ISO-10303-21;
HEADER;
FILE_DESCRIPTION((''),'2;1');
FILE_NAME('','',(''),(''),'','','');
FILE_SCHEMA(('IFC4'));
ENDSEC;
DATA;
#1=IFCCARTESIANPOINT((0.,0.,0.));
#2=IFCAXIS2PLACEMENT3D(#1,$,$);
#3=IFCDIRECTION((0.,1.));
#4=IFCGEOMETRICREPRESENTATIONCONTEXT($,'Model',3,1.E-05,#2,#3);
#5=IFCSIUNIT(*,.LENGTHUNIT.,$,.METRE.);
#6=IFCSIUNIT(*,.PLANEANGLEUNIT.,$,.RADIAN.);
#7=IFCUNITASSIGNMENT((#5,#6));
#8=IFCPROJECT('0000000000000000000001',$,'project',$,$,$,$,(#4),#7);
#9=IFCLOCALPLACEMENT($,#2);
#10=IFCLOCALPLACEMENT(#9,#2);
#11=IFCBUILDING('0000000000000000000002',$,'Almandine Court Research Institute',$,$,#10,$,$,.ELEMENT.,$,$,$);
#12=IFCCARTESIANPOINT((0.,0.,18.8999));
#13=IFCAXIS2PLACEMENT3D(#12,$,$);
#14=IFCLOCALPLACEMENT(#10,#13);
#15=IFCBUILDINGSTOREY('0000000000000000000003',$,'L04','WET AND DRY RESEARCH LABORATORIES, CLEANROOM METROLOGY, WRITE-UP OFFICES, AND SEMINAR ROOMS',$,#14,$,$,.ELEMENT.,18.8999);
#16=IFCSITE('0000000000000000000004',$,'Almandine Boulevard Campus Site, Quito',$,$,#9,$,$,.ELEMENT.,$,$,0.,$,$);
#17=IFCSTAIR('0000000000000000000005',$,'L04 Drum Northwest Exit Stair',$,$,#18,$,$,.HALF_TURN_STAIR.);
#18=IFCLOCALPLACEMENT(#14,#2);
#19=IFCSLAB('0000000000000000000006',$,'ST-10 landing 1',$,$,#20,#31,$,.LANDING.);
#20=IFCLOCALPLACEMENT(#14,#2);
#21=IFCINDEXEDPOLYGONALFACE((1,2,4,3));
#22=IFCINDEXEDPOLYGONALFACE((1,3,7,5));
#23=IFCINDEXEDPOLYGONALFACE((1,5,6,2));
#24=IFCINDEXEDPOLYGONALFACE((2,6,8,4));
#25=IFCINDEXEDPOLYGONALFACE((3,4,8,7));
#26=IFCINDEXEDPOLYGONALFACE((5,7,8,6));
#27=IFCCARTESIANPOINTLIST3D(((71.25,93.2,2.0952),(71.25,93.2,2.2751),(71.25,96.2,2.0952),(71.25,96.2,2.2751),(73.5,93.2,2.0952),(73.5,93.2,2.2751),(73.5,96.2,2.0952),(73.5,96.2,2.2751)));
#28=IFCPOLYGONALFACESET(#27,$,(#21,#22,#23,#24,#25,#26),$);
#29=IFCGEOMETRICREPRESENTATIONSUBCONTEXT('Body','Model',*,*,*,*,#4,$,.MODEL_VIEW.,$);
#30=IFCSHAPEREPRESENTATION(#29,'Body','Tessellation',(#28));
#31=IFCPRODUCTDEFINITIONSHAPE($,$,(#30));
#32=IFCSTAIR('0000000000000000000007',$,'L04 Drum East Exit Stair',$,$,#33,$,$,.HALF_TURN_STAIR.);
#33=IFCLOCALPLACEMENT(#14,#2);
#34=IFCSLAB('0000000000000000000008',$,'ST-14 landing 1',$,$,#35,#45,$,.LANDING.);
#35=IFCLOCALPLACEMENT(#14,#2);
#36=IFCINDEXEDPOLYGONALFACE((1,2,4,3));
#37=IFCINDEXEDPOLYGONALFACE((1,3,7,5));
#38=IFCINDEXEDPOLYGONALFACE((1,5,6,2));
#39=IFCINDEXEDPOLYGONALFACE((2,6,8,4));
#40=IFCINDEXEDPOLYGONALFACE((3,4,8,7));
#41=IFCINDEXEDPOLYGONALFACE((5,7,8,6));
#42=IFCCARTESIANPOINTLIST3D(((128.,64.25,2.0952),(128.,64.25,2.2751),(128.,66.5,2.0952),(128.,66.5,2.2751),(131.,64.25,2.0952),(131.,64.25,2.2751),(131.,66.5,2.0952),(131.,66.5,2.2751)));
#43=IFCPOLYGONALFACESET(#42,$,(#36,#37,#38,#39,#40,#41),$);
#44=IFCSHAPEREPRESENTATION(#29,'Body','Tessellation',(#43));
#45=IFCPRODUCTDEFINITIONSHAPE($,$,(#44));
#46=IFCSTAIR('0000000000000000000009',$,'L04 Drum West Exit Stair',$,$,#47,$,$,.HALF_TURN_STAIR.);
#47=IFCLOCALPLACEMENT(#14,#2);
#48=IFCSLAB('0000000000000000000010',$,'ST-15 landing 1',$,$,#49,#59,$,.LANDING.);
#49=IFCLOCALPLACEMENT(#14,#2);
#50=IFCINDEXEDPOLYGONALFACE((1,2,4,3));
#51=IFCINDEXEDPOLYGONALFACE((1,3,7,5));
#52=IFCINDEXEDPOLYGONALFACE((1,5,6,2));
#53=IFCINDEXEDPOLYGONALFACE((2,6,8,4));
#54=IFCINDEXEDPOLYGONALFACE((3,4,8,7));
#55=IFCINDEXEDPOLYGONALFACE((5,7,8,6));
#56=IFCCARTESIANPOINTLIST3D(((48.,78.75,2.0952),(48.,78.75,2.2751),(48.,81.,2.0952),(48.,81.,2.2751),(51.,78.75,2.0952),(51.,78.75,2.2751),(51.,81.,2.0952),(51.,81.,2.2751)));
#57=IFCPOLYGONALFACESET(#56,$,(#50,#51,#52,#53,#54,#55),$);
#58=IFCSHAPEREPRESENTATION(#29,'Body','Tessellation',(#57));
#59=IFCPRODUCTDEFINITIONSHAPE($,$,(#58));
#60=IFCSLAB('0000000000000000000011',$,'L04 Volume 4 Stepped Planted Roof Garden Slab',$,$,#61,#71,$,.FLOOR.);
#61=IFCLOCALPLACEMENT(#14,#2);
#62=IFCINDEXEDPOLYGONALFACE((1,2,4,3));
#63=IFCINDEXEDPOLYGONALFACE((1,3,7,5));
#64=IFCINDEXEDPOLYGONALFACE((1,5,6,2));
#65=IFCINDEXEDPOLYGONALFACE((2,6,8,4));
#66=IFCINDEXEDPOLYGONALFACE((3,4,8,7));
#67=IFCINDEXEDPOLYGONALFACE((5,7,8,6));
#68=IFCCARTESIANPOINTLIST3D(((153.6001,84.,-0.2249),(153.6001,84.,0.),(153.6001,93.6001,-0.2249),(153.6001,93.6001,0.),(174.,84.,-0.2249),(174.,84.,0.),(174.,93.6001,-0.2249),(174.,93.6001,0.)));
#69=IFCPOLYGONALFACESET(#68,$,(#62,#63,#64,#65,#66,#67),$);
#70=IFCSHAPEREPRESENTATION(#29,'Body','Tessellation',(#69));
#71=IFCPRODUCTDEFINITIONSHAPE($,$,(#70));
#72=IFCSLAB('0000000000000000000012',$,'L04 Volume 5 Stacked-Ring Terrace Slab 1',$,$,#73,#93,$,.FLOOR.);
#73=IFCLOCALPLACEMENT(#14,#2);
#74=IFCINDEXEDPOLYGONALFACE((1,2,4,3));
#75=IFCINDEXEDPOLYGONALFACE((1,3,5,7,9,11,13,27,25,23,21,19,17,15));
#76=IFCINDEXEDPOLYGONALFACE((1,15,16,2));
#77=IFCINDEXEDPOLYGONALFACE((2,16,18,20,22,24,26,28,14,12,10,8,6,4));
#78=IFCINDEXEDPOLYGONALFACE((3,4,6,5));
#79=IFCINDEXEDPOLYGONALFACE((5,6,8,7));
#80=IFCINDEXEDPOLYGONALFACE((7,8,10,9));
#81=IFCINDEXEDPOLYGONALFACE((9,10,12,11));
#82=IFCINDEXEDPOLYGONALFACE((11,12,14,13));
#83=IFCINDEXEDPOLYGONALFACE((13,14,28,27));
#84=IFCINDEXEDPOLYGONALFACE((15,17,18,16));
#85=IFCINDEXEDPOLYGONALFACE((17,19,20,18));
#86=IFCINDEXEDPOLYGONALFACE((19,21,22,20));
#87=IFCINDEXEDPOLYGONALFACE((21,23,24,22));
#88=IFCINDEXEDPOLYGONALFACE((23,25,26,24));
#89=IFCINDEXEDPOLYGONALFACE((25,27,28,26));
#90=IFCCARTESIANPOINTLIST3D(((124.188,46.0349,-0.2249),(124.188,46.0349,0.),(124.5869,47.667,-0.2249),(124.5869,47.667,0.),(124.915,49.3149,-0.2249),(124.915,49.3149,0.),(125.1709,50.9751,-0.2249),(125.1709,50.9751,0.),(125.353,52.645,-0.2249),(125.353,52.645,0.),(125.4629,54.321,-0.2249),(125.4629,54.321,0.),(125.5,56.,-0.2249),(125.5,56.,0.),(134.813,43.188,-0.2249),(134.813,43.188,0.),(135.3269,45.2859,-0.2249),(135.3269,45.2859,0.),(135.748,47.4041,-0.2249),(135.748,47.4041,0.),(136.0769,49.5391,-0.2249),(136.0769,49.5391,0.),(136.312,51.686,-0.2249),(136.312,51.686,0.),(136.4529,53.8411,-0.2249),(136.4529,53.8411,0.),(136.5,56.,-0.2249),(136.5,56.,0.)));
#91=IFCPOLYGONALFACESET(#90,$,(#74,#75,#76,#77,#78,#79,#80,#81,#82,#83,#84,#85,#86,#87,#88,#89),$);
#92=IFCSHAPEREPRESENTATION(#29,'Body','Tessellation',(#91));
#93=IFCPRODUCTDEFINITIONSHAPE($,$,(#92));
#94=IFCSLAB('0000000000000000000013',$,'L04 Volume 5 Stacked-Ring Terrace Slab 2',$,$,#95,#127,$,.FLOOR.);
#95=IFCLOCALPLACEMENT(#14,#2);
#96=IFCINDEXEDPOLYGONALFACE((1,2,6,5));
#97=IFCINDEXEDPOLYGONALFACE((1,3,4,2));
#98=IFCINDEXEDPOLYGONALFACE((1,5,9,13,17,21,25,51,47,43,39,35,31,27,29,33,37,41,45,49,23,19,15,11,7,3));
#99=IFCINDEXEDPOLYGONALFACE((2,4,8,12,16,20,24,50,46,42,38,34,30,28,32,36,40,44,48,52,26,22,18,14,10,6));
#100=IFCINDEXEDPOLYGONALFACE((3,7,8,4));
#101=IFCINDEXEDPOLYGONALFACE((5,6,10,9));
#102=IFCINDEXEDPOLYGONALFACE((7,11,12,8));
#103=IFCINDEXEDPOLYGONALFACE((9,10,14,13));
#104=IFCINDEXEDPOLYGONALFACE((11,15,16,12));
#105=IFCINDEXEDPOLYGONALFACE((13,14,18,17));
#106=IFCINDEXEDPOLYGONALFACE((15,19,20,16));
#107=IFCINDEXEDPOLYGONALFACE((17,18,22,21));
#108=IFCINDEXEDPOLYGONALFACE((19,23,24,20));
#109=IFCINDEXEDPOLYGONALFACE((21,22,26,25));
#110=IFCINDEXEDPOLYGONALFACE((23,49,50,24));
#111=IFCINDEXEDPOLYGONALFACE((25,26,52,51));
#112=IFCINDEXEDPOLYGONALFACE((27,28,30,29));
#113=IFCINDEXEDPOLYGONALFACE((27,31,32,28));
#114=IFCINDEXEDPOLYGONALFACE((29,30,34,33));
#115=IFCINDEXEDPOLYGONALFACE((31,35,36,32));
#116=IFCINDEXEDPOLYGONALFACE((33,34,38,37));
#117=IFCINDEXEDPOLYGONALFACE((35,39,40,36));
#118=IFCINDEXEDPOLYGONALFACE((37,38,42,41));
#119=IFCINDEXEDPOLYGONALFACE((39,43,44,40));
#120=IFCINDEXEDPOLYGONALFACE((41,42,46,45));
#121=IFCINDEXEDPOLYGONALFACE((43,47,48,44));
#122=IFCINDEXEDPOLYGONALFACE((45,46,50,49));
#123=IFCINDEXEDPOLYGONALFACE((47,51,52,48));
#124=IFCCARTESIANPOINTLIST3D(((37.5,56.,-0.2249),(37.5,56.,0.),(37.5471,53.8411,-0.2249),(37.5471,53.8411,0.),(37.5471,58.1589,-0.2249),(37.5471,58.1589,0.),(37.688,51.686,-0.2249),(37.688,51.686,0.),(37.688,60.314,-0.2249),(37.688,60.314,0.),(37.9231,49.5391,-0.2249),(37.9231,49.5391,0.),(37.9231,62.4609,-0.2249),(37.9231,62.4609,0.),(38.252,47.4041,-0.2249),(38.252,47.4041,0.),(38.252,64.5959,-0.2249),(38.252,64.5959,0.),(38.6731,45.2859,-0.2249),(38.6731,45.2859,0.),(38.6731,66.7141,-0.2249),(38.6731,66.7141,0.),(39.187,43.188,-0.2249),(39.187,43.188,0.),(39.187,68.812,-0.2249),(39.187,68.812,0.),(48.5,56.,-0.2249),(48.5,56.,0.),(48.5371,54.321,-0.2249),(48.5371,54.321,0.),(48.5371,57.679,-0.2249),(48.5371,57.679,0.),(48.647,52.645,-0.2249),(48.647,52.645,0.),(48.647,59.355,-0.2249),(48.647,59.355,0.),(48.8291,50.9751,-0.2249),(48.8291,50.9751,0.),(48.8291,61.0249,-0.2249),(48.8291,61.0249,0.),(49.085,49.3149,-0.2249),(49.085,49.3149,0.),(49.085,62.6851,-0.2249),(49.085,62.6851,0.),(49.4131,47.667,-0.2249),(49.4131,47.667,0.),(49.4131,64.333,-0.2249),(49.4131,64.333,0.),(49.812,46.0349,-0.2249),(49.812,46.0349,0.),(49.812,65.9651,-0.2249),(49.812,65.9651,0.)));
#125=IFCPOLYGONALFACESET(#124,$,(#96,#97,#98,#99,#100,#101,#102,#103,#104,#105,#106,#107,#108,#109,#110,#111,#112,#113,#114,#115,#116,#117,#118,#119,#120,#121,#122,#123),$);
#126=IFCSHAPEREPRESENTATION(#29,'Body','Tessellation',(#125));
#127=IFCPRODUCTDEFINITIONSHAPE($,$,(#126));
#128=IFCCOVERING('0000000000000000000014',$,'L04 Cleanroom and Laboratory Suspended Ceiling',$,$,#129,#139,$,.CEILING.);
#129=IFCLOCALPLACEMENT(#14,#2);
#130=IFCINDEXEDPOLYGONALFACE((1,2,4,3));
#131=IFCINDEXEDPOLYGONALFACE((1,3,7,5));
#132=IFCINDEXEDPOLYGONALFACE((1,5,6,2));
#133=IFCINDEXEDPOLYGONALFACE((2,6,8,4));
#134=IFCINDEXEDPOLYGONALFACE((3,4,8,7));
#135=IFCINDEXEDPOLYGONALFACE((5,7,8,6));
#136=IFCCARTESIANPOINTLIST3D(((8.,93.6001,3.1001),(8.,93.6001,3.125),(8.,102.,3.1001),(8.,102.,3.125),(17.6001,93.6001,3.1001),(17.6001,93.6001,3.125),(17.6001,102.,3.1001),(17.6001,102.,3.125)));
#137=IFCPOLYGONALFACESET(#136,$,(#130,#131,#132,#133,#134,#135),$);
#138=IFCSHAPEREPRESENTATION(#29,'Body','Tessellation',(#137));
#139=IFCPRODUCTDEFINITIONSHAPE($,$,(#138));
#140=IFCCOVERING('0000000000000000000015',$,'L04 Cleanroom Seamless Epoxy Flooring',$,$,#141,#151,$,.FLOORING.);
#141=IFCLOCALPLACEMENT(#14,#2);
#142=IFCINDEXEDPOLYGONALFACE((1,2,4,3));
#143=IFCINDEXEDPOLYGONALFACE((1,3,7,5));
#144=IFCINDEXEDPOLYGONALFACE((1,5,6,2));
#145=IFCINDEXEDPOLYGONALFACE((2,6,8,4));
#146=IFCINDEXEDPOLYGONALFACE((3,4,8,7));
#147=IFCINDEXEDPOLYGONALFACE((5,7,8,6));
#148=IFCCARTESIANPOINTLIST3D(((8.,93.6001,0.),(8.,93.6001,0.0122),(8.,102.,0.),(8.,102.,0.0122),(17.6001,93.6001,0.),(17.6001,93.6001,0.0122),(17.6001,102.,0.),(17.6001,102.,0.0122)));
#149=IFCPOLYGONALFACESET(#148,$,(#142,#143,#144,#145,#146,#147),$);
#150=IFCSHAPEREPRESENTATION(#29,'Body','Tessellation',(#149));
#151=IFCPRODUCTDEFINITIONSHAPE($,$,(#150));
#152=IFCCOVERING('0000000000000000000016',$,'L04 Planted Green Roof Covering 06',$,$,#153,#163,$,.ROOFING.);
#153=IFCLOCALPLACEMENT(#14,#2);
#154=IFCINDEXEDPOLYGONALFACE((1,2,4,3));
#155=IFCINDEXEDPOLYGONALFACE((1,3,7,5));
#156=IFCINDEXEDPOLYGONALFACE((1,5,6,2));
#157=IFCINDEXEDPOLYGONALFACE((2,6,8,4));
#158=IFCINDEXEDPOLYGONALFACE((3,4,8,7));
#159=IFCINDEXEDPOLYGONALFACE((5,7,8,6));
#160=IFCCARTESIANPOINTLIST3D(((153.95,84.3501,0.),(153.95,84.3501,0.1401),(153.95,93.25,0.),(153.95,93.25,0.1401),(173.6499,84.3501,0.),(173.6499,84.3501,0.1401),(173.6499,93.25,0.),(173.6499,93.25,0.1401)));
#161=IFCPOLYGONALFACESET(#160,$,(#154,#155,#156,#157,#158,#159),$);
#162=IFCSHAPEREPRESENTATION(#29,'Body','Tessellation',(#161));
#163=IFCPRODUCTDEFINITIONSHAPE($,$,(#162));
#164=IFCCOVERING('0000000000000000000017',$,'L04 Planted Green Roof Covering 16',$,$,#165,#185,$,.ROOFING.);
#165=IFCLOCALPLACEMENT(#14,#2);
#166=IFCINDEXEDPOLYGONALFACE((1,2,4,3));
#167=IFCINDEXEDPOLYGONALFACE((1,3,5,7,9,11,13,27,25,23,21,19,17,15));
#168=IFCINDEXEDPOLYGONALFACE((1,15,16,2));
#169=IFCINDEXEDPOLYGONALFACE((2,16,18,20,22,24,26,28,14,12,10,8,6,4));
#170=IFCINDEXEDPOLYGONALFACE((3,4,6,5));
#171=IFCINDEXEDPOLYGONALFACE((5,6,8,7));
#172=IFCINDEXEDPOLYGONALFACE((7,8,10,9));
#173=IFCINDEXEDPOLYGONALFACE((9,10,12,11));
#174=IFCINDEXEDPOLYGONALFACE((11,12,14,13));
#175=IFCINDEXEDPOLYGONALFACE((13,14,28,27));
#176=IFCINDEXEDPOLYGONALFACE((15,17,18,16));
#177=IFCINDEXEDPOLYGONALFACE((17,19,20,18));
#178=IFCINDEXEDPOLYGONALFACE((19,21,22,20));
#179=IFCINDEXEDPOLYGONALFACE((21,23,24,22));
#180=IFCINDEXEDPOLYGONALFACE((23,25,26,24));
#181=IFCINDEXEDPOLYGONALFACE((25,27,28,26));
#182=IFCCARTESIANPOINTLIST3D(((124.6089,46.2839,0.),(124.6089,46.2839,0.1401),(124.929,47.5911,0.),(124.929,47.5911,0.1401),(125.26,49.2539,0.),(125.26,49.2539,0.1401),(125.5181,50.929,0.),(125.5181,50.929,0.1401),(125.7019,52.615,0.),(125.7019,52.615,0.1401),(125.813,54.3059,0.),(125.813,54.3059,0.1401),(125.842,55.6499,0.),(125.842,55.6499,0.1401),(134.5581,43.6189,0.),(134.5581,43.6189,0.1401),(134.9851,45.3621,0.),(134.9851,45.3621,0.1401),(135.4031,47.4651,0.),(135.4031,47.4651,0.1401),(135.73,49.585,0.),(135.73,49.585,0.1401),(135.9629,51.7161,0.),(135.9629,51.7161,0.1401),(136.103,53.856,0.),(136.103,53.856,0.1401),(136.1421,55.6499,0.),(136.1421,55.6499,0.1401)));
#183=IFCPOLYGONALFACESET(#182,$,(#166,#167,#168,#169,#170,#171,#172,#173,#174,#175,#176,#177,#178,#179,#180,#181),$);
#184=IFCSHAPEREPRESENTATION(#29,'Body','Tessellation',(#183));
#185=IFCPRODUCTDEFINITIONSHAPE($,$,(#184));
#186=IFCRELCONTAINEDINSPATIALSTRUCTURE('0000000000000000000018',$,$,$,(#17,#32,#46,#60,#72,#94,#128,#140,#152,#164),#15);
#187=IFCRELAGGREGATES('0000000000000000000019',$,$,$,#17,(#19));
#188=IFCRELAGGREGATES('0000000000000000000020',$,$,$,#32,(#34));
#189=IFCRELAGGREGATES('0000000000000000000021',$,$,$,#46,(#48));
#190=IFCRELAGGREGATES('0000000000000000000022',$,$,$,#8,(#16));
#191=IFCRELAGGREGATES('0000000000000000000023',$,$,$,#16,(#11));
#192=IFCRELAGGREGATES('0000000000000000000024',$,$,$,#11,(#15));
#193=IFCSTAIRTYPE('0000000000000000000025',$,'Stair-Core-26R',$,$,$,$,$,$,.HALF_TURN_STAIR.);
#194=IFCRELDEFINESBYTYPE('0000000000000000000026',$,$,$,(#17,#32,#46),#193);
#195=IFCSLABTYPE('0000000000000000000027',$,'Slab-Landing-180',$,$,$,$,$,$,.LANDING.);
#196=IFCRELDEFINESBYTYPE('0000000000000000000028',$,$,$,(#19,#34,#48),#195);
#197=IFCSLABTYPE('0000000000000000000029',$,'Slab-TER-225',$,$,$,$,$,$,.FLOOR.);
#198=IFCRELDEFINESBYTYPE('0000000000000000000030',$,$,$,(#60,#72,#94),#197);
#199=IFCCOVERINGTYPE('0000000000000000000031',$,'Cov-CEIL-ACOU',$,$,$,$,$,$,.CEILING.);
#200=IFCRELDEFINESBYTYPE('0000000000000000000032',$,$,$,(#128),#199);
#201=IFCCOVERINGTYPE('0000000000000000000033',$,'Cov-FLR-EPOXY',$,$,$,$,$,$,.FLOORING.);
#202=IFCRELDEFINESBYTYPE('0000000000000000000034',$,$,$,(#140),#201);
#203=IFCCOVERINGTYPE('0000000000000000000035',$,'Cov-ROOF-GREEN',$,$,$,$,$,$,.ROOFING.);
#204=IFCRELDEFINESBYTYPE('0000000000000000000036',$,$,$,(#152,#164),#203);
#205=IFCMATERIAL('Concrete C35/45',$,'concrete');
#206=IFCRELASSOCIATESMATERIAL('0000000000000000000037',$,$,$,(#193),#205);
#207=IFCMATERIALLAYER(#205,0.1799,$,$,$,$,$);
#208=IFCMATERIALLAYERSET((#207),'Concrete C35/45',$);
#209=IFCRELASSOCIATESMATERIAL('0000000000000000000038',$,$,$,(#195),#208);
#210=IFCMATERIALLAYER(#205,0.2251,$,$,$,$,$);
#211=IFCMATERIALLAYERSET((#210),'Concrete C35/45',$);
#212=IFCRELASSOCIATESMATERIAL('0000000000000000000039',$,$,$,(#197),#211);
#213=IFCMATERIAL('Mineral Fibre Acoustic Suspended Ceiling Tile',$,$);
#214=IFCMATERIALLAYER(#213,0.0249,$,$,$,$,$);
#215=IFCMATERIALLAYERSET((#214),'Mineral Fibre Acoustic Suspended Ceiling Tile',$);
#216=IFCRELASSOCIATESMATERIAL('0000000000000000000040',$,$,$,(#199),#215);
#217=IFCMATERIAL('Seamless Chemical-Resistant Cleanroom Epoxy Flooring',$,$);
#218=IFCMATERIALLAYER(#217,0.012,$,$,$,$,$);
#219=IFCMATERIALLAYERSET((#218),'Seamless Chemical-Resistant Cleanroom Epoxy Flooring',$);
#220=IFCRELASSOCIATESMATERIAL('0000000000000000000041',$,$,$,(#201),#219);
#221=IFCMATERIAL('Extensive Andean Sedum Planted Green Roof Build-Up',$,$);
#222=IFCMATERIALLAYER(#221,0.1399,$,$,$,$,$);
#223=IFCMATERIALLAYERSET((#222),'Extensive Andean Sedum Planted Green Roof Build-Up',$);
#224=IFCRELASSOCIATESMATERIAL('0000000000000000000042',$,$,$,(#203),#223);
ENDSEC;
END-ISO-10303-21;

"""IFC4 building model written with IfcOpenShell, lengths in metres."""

from ifc_helpers import new_model, si_unit, direction, frame, origin, place, context, subcontext, project, spatial, polyline, outline, extrude, material, layer, layer_set, type_object, element, aggregate, save


model = new_model("IFC4")

# Units and contexts
model_context = context("Model", 3, precision=1e-05, world=origin(), true_north=direction((0.0, 1.0)))
body_context = subcontext(model_context, "Body", "Model", "MODEL_VIEW")
ifc_project = project(units=[si_unit("LENGTHUNIT", "METRE"), si_unit("PLANEANGLEUNIT", "RADIAN")], contexts=[model_context])

# Site, building, storey
site_placement = place(None, origin())
site = spatial("IfcSite", under=ifc_project, at=site_placement, Name="Almandine Boulevard Campus Site, Quito", CompositionType="ELEMENT", RefElevation=0.0)
building_placement = place(site_placement, origin())
building = spatial("IfcBuilding", under=site, at=building_placement, Name="Almandine Court Research Institute", CompositionType="ELEMENT")
storey_placement = place(building_placement, frame((0.0, 0.0, 18.8999)))
storey = spatial("IfcBuildingStorey", under=building, at=storey_placement, Name="L04", Description="WET AND DRY RESEARCH LABORATORIES, CLEANROOM METROLOGY, WRITE-UP OFFICES, AND SEMINAR ROOMS", CompositionType="ELEMENT", Elevation=18.8999)

# Shared definitions
ifc_material_1 = material(Name="Concrete C35/45", Category="concrete")

# Stairs, slabs
stair_type = type_object("IfcStairType", Name="Stair-Core-26R", PredefinedType="HALF_TURN_STAIR", material=ifc_material_1)
ifc_layer_1 = layer(ifc_material_1, 0.1799)
ifc_layer_set_1 = layer_set([ifc_layer_1], Name="Concrete C35/45")
slab_type_1 = type_object("IfcSlabType", Name="Slab-Landing-180", PredefinedType="LANDING", material=ifc_layer_set_1)
stair_1_placement = place(storey_placement, origin())
stair_1 = element("IfcStair", 1, at=stair_1_placement, inside=storey, type_object=stair_type, Name="L04 Drum Northwest Exit Stair", PredefinedType="HALF_TURN_STAIR")
slab_1_placement = place(storey_placement, frame((0.0, 0.0, 2.0952)))
slab_1 = element("IfcSlab", 2, at=slab_1_placement, type_object=slab_type_1, Name="ST-10 landing 1", PredefinedType="LANDING", context=body_context, shape_type="SweptSolid", body=[
    extrude(outline(polyline([(71.25, 93.2), (73.5, 93.2), (73.5, 96.2), (71.25, 96.2), (71.25, 93.2)])), origin(), (0.0, 0.0, 1.0), 0.1799),
])
aggregate(stair_1, [slab_1])
stair_2_placement = place(storey_placement, origin())
stair_2 = element("IfcStair", 3, at=stair_2_placement, inside=storey, type_object=stair_type, Name="L04 Drum East Exit Stair", PredefinedType="HALF_TURN_STAIR")
slab_2_placement = place(storey_placement, frame((0.0, 0.0, 2.0952)))
slab_2 = element("IfcSlab", 4, at=slab_2_placement, type_object=slab_type_1, Name="ST-14 landing 1", PredefinedType="LANDING", context=body_context, shape_type="SweptSolid", body=[
    extrude(outline(polyline([(131.0, 64.25), (131.0, 66.5), (128.0, 66.5), (128.0, 64.25), (131.0, 64.25)])), origin(), (0.0, 0.0, 1.0), 0.1799),
])
aggregate(stair_2, [slab_2])
stair_3_placement = place(storey_placement, origin())
stair_3 = element("IfcStair", 5, at=stair_3_placement, inside=storey, type_object=stair_type, Name="L04 Drum West Exit Stair", PredefinedType="HALF_TURN_STAIR")
slab_3_placement = place(storey_placement, frame((0.0, 0.0, 2.0952)))
slab_3 = element("IfcSlab", 6, at=slab_3_placement, type_object=slab_type_1, Name="ST-15 landing 1", PredefinedType="LANDING", context=body_context, shape_type="SweptSolid", body=[
    extrude(outline(polyline([(51.0, 78.75), (51.0, 81.0), (48.0, 81.0), (48.0, 78.75), (51.0, 78.75)])), origin(), (0.0, 0.0, 1.0), 0.1799),
])
aggregate(stair_3, [slab_3])

# Slabs
ifc_layer_2 = layer(ifc_material_1, 0.2251)
ifc_layer_set_2 = layer_set([ifc_layer_2], Name="Concrete C35/45")
slab_type_2 = type_object("IfcSlabType", Name="Slab-TER-225", PredefinedType="FLOOR", material=ifc_layer_set_2)
slab_4_placement = place(storey_placement, frame((0.0, 0.0, -0.2249)))
element("IfcSlab", 7, at=slab_4_placement, inside=storey, type_object=slab_type_2, Name="L04 Volume 4 Stepped Planted Roof Garden Slab", PredefinedType="FLOOR", context=body_context, shape_type="SweptSolid", body=[
    extrude(outline(polyline([(153.6001, 84.0), (174.0, 84.0), (174.0, 93.6001), (153.6001, 93.6001), (153.6001, 84.0)])), origin(), (0.0, 0.0, 1.0), 0.2249),
])
slab_5_placement = place(storey_placement, frame((0.0, 0.0, -0.2249)))
element("IfcSlab", 8, at=slab_5_placement, inside=storey, type_object=slab_type_2, Name="L04 Volume 5 Stacked-Ring Terrace Slab 1", PredefinedType="FLOOR", context=body_context, shape_type="SweptSolid", body=[
    extrude(outline(polyline([(134.813, 43.188), (135.3269, 45.2859), (135.748, 47.4041), (136.0769, 49.5391), (136.312, 51.686), (136.4529, 53.8411), (136.5, 56.0), (125.5, 56.0), (125.4629, 54.321), (125.353, 52.645), (125.1709, 50.9751), (124.915, 49.3149), (124.5869, 47.667), (124.188, 46.0349), (134.813, 43.188)])), origin(), (0.0, 0.0, 1.0), 0.2249),
])
slab_6_placement = place(storey_placement, frame((0.0, 0.0, -0.2249)))
element("IfcSlab", 9, at=slab_6_placement, inside=storey, type_object=slab_type_2, Name="L04 Volume 5 Stacked-Ring Terrace Slab 2", PredefinedType="FLOOR", context=body_context, shape_type="SweptSolid", body=[
    extrude(outline(polyline([(39.187, 68.812), (38.6731, 66.7141), (38.252, 64.5959), (37.9231, 62.4609), (37.688, 60.314), (37.5471, 58.1589), (37.5, 56.0), (37.5471, 53.8411), (37.688, 51.686), (37.9231, 49.5391), (38.252, 47.4041), (38.6731, 45.2859), (39.187, 43.188), (49.812, 46.0349), (49.4131, 47.667), (49.085, 49.3149), (48.8291, 50.9751), (48.647, 52.645), (48.5371, 54.321), (48.5, 56.0), (48.5371, 57.679), (48.647, 59.355), (48.8291, 61.0249), (49.085, 62.6851), (49.4131, 64.333), (49.812, 65.9651), (39.187, 68.812)])), origin(), (0.0, 0.0, 1.0), 0.2249),
])

# Coverings
ifc_material_2 = material(Name="Mineral Fibre Acoustic Suspended Ceiling Tile")
ifc_layer_3 = layer(ifc_material_2, 0.0249)
ifc_layer_set_3 = layer_set([ifc_layer_3], Name="Mineral Fibre Acoustic Suspended Ceiling Tile")
covering_type_1 = type_object("IfcCoveringType", Name="Cov-CEIL-ACOU", PredefinedType="CEILING", material=ifc_layer_set_3)
covering_1_placement = place(storey_placement, frame((0.0, 0.0, 3.1001)))
element("IfcCovering", 10, at=covering_1_placement, inside=storey, type_object=covering_type_1, Name="L04 Cleanroom and Laboratory Suspended Ceiling", PredefinedType="CEILING", context=body_context, shape_type="SweptSolid", body=[
    extrude(outline(polyline([(8.0, 93.6001), (17.6001, 93.6001), (17.6001, 102.0), (8.0, 102.0), (8.0, 93.6001)])), origin(), (0.0, 0.0, 1.0), 0.0249),
])
ifc_material_3 = material(Name="Seamless Chemical-Resistant Cleanroom Epoxy Flooring")
ifc_layer_4 = layer(ifc_material_3, 0.012)
ifc_layer_set_4 = layer_set([ifc_layer_4], Name="Seamless Chemical-Resistant Cleanroom Epoxy Flooring")
covering_type_2 = type_object("IfcCoveringType", Name="Cov-FLR-EPOXY", PredefinedType="FLOORING", material=ifc_layer_set_4)
covering_2_placement = place(storey_placement, origin())
element("IfcCovering", 11, at=covering_2_placement, inside=storey, type_object=covering_type_2, Name="L04 Cleanroom Seamless Epoxy Flooring", PredefinedType="FLOORING", context=body_context, shape_type="SweptSolid", body=[
    extrude(outline(polyline([(8.0, 93.6001), (17.6001, 93.6001), (17.6001, 102.0), (8.0, 102.0), (8.0, 93.6001)])), origin(), (0.0, 0.0, 1.0), 0.0122),
])
ifc_material_4 = material(Name="Extensive Andean Sedum Planted Green Roof Build-Up")
ifc_layer_5 = layer(ifc_material_4, 0.1399)
ifc_layer_set_5 = layer_set([ifc_layer_5], Name="Extensive Andean Sedum Planted Green Roof Build-Up")
covering_type_3 = type_object("IfcCoveringType", Name="Cov-ROOF-GREEN", PredefinedType="ROOFING", material=ifc_layer_set_5)
covering_3_placement = place(storey_placement, origin())
element("IfcCovering", 12, at=covering_3_placement, inside=storey, type_object=covering_type_3, Name="L04 Planted Green Roof Covering 06", PredefinedType="ROOFING", context=body_context, shape_type="SweptSolid", body=[
    extrude(outline(polyline([(153.95, 84.3501), (153.95, 93.25), (173.6499, 93.25), (173.6499, 84.3501), (153.95, 84.3501)])), origin(), (0.0, 0.0, 1.0), 0.1401),
])
covering_4_placement = place(storey_placement, origin())
element("IfcCovering", 13, at=covering_4_placement, inside=storey, type_object=covering_type_3, Name="L04 Planted Green Roof Covering 16", PredefinedType="ROOFING", context=body_context, shape_type="SweptSolid", body=[
    extrude(outline(polyline([(134.5581, 43.6189), (124.6089, 46.2839), (124.929, 47.5911), (125.26, 49.2539), (125.5181, 50.929), (125.7019, 52.615), (125.813, 54.3059), (125.842, 55.6499), (136.1421, 55.6499), (136.103, 53.856), (135.9629, 51.7161), (135.73, 49.585), (135.4031, 47.4651), (134.9851, 45.3621), (134.5581, 43.6189)])), origin(), (0.0, 0.0, 1.0), 0.1401),
])

save(model, "model.ifc")
